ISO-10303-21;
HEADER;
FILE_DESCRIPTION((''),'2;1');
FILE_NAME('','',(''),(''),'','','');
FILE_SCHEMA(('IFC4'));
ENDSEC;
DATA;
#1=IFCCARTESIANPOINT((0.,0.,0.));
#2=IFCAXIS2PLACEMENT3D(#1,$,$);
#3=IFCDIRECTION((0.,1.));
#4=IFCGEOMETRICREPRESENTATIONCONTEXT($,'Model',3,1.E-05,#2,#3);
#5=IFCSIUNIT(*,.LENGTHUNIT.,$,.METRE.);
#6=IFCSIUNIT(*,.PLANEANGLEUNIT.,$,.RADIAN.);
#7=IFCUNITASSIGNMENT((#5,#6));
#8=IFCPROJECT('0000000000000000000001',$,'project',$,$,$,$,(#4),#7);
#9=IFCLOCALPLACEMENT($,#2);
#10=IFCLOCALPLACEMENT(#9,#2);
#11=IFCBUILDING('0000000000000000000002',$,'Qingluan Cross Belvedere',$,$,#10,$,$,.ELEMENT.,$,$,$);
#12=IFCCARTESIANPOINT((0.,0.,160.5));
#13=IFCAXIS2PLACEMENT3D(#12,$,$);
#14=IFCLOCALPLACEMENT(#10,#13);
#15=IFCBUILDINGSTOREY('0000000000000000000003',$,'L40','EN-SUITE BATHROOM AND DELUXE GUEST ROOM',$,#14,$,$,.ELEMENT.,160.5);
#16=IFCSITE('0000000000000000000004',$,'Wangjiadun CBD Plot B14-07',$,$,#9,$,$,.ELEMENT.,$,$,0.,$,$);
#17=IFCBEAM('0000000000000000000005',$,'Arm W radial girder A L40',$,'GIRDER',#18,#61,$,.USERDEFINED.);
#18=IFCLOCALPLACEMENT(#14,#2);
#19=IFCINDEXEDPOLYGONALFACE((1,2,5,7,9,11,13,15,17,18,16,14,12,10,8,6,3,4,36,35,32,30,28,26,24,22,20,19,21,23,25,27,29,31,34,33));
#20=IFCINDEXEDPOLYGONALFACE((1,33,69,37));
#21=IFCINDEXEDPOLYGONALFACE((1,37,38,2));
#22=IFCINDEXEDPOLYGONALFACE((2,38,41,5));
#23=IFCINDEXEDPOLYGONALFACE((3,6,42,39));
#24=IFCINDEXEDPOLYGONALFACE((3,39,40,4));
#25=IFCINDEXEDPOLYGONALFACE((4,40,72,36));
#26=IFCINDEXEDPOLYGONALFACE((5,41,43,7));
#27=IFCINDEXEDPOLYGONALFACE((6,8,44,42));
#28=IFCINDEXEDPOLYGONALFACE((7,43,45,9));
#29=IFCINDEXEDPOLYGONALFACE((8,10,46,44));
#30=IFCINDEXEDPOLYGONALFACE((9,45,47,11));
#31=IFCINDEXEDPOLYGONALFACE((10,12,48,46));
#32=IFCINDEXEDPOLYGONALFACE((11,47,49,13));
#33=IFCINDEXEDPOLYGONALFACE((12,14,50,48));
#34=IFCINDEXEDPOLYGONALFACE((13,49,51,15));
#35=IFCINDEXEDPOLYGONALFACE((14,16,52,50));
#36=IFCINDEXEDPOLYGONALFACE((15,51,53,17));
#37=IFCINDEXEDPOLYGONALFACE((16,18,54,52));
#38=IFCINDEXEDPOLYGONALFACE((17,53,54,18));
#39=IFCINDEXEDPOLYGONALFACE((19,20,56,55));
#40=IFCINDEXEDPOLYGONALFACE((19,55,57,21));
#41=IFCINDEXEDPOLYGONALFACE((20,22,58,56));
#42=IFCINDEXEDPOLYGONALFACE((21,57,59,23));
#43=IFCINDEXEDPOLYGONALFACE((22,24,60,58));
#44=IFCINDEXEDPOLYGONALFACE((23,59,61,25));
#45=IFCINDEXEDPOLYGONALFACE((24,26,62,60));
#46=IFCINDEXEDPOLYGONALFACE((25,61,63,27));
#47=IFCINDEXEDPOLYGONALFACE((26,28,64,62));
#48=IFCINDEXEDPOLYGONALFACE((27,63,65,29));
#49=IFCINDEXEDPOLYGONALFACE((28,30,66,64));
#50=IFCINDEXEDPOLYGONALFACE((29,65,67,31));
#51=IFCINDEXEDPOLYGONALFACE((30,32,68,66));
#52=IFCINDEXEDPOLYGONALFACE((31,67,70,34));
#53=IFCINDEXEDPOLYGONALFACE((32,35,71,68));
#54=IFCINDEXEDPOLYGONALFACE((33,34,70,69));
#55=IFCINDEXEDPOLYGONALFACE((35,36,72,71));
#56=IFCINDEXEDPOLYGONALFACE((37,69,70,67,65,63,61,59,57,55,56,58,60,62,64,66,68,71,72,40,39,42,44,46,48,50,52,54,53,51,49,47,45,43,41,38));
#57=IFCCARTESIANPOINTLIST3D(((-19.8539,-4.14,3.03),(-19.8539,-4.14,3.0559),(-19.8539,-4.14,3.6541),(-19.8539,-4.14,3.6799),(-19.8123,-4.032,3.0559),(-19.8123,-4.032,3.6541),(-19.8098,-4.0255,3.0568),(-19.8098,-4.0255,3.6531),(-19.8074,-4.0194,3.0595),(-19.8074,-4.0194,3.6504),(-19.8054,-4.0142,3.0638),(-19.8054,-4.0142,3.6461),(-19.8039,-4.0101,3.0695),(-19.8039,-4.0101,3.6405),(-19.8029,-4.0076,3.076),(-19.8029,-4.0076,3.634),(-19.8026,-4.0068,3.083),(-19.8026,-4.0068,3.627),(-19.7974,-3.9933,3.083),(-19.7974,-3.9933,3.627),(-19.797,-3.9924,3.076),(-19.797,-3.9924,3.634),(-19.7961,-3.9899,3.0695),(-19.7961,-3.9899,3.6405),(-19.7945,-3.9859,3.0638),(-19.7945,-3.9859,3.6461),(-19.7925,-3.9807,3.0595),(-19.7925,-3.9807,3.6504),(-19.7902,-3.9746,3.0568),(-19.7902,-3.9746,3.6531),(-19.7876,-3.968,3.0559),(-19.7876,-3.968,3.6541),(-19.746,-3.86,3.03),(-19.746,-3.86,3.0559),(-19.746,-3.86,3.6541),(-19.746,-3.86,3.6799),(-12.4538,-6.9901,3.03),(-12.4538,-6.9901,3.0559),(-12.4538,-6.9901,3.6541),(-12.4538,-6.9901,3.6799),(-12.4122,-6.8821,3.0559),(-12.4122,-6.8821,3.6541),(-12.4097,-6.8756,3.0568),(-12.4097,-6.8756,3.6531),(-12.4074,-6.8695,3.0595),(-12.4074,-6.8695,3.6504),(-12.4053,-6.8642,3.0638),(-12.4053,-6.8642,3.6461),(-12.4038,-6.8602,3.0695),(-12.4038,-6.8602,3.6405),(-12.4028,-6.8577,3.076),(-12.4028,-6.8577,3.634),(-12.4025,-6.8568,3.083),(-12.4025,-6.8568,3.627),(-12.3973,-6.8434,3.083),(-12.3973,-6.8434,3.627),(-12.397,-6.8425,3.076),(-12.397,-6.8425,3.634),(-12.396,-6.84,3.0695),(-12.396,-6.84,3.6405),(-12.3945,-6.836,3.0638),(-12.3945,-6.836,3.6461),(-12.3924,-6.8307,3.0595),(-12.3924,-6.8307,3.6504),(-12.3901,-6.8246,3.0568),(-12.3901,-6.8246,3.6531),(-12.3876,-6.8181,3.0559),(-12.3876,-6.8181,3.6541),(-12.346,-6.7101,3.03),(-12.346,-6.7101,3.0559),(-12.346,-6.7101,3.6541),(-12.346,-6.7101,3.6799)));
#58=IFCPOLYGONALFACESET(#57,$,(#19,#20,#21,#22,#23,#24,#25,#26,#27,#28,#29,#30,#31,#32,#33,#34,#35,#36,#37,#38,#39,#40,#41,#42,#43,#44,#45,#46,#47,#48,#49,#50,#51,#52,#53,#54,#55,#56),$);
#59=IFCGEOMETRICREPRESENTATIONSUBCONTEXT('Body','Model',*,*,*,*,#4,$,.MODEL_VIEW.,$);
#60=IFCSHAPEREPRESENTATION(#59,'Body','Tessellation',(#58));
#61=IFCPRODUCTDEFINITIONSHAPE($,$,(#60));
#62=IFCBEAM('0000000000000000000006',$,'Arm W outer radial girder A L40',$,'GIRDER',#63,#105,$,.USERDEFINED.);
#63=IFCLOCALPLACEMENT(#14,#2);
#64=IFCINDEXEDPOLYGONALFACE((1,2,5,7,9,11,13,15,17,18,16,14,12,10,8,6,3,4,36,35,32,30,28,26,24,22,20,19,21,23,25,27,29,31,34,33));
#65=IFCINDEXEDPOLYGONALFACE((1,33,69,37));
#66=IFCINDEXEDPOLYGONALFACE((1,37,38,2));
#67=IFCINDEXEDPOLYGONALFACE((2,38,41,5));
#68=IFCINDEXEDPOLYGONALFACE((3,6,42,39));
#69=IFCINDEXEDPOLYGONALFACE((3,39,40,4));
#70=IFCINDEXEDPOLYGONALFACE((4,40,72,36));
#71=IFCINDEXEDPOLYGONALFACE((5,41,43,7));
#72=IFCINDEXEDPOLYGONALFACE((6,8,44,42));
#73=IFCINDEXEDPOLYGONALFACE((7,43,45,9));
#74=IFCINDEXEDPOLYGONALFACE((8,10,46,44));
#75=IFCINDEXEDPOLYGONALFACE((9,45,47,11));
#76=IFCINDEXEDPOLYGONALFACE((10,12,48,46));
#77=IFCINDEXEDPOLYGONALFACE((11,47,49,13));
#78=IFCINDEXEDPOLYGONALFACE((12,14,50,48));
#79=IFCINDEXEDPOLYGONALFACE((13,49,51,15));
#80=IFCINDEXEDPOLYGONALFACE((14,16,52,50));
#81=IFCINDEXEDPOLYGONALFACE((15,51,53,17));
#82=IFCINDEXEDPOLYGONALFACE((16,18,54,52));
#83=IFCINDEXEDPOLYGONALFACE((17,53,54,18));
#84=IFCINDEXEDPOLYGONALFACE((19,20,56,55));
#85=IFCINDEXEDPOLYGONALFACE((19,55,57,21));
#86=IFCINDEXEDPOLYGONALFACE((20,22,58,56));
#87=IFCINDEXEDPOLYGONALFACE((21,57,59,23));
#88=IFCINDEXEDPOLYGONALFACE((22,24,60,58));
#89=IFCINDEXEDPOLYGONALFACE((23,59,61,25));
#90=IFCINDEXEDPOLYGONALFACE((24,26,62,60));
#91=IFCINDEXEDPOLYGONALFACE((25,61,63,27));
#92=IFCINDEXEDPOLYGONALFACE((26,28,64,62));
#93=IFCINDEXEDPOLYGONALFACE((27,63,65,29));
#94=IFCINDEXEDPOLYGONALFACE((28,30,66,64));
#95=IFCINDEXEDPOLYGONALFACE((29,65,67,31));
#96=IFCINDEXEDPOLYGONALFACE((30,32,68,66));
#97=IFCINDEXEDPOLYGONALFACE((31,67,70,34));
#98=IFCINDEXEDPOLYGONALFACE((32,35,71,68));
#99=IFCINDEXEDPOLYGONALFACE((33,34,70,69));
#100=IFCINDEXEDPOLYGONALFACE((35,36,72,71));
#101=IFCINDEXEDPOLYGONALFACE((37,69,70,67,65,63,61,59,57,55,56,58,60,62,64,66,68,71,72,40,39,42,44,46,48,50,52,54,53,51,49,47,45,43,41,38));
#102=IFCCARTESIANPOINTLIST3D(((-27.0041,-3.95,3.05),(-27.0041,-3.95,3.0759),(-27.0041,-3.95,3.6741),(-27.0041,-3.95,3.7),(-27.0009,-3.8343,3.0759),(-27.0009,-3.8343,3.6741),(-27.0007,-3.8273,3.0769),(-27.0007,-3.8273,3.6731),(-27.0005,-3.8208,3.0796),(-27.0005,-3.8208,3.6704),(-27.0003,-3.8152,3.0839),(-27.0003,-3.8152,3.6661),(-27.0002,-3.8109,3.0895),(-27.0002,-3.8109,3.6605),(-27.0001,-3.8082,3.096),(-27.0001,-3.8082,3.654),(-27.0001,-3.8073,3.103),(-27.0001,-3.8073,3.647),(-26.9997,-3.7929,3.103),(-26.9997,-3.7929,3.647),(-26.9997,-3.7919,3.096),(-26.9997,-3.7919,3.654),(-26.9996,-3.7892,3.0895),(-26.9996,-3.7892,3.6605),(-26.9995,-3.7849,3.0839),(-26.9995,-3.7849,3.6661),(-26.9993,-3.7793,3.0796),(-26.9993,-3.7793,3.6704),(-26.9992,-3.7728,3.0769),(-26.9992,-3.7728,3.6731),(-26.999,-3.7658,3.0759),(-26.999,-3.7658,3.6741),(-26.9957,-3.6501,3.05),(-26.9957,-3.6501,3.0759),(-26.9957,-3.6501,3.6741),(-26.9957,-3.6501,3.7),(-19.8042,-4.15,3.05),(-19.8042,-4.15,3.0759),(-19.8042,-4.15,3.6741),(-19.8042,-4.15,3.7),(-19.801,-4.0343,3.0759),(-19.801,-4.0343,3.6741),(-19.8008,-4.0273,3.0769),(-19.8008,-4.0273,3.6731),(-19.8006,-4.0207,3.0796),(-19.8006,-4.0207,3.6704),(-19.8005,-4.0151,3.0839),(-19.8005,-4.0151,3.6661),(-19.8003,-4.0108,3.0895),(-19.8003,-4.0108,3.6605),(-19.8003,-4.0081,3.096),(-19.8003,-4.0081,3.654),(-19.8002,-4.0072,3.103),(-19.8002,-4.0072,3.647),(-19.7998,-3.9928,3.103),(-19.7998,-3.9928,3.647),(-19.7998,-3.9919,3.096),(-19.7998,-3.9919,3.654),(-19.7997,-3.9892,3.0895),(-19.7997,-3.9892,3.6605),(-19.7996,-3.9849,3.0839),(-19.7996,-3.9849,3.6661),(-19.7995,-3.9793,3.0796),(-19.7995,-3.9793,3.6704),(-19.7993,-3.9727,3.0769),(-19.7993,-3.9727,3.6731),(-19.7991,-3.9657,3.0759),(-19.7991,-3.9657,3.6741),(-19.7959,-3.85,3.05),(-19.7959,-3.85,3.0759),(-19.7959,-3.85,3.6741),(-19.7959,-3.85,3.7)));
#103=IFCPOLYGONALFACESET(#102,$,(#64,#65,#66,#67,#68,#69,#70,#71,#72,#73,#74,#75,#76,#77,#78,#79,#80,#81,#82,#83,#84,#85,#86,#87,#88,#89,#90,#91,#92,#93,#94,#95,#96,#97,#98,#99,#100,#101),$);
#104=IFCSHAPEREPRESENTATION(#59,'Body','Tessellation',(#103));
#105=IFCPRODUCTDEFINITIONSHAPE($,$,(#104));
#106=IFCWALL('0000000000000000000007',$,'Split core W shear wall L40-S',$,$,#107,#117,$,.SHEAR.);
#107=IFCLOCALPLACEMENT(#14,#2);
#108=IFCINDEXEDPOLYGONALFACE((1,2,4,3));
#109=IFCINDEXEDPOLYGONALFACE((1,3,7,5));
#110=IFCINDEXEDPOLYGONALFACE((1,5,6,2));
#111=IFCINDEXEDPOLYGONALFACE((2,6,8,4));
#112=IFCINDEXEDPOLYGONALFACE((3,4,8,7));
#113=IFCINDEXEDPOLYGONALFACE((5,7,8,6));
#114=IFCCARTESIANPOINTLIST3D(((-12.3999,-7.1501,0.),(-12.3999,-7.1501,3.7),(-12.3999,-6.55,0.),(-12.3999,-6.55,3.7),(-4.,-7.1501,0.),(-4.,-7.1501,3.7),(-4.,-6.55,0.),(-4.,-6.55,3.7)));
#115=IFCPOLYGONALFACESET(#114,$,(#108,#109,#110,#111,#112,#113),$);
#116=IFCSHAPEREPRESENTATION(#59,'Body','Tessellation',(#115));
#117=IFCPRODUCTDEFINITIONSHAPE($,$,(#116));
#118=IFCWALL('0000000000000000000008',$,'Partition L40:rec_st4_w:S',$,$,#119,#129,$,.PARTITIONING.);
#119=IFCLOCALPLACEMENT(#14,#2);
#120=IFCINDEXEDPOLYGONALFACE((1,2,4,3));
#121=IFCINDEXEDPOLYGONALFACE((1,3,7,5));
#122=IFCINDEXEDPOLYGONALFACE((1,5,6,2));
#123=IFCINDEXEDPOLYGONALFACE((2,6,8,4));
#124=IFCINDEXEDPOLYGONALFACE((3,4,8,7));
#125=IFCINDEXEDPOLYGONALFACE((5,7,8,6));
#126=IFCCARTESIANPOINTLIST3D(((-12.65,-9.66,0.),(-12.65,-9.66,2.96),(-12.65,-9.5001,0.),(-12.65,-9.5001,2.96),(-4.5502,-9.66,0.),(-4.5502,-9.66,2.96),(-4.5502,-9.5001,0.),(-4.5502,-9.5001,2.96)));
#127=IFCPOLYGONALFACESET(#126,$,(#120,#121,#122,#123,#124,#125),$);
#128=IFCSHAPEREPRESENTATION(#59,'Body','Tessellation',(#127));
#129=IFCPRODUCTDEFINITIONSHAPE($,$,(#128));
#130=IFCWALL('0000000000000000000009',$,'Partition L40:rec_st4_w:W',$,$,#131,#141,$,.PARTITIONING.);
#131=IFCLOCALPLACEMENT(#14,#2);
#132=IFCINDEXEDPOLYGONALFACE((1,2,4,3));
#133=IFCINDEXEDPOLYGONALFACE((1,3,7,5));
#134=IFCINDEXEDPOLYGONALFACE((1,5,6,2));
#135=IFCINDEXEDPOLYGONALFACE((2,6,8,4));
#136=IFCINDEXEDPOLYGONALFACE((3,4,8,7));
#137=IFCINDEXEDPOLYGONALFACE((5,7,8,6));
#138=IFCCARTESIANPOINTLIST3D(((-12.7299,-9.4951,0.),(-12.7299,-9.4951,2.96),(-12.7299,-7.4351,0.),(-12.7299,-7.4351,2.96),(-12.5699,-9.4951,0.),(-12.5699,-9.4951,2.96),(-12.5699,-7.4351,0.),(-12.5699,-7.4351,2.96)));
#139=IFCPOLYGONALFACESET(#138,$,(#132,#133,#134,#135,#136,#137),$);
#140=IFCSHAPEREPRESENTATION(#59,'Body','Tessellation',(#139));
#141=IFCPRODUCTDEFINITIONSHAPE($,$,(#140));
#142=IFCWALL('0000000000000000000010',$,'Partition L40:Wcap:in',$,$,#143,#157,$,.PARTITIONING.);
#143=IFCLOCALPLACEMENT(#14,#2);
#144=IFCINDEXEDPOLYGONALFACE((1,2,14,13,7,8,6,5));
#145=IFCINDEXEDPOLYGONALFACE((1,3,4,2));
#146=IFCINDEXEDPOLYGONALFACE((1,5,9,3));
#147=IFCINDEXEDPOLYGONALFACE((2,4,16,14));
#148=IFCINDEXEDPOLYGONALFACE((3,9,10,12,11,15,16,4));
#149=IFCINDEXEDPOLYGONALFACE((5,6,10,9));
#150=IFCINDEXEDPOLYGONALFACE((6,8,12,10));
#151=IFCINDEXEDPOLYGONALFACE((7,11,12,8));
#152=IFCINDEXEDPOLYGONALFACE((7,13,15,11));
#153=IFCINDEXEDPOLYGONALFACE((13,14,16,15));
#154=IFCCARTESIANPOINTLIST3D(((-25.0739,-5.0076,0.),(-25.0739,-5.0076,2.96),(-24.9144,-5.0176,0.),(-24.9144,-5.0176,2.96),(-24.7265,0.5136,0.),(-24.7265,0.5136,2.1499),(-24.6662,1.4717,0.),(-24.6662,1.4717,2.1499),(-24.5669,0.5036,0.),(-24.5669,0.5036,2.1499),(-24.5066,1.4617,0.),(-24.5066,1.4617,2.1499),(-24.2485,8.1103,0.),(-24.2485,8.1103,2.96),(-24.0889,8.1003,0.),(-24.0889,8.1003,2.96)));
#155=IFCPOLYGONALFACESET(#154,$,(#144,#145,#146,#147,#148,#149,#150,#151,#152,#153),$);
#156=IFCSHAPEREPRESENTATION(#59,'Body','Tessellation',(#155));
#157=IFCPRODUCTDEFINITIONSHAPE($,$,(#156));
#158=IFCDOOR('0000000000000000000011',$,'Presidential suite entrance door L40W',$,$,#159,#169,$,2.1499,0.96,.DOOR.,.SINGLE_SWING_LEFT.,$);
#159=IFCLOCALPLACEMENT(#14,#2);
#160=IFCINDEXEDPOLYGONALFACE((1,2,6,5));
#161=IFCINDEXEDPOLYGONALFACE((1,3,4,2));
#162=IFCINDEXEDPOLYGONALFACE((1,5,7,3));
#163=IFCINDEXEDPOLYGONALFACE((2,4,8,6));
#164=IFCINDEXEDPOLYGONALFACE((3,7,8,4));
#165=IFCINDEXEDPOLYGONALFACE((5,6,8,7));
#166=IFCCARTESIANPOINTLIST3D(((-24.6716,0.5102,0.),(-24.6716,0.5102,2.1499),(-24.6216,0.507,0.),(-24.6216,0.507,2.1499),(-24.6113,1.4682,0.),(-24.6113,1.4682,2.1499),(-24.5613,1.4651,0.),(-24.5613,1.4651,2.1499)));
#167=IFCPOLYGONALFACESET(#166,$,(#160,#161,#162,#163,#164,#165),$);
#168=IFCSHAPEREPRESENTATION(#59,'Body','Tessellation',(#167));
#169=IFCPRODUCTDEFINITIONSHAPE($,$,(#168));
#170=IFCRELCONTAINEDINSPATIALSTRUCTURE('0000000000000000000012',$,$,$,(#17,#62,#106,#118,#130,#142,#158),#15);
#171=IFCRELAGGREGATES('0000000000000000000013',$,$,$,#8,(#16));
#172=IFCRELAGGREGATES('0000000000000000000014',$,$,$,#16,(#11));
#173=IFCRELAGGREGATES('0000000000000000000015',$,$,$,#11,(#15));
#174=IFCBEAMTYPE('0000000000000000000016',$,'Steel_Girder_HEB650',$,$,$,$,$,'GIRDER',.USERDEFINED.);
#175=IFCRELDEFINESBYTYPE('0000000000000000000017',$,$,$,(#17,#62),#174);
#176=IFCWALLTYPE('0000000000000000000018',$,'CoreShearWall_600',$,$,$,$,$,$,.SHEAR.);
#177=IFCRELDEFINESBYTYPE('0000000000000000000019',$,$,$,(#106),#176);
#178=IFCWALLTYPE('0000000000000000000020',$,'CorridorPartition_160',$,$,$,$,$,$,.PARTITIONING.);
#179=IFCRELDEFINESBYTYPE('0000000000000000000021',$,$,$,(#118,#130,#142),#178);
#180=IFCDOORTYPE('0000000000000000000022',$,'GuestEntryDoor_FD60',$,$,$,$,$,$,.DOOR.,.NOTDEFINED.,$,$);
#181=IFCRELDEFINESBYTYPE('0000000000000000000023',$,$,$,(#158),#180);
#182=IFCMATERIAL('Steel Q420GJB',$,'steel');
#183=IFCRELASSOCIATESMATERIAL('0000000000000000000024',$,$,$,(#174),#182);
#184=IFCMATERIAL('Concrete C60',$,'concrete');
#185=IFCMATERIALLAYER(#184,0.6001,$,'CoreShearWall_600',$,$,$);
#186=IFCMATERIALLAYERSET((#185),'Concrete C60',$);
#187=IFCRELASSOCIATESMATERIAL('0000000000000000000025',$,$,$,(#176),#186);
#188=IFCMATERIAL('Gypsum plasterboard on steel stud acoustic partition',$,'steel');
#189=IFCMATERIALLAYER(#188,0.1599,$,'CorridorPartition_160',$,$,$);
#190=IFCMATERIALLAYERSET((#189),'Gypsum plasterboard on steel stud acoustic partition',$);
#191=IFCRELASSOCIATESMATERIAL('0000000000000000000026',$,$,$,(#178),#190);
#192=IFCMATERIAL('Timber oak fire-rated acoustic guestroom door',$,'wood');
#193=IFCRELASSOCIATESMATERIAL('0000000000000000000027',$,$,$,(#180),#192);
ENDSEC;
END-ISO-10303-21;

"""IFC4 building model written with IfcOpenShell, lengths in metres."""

from ifc_helpers import new_model, si_unit, direction, frame, frame_2d, origin, origin_2d, place, context, subcontext, project, spatial, rectangle, i_section, extrude, material, layer, layer_set, material_profile, profile_set, type_object, element, fill, save


model = new_model("IFC4")

# Units and contexts
model_context = context("Model", 3, precision=1e-05, world=origin(), true_north=direction((0.0, 1.0)))
body_context = subcontext(model_context, "Body", "Model", "MODEL_VIEW")
ifc_project = project(units=[si_unit("LENGTHUNIT", "METRE"), si_unit("PLANEANGLEUNIT", "RADIAN")], contexts=[model_context])

# Site, building, storey
site_placement = place(None, origin())
site = spatial("IfcSite", under=ifc_project, at=site_placement, Name="Wangjiadun CBD Plot B14-07", CompositionType="ELEMENT", RefElevation=0.0)
building_placement = place(site_placement, origin())
building = spatial("IfcBuilding", under=site, at=building_placement, Name="Qingluan Cross Belvedere", CompositionType="ELEMENT")
storey_placement = place(building_placement, frame((0.0, 0.0, 160.5)))
storey = spatial("IfcBuildingStorey", under=building, at=storey_placement, Name="L40", Description="EN-SUITE BATHROOM AND DELUXE GUEST ROOM", CompositionType="ELEMENT", Elevation=160.5)

# Beams
ifc_material_1 = material(Name="Steel Q420GJB", Category="steel")
ifc_material_profile_1 = material_profile(ifc_material_1, i_section(OverallWidth=0.3, OverallDepth=0.6499, WebThickness=0.0144, FlangeThickness=0.0259, FilletRadius=0.0271, at=origin_2d()), Name="HEB650")
ifc_profile_set_1 = profile_set([ifc_material_profile_1], Name="Steel Q420GJB")
beam_type_1 = type_object("IfcBeamType", Name="Steel_Girder_HEB650", ElementType="GIRDER", PredefinedType="USERDEFINED", material=ifc_profile_set_1)
beam_1_placement = place(storey_placement, frame((-12.3999, -6.8501, 3.355), z_axis=(-0.933181, 0.359406, 0.0), x_axis=(-0.359406, -0.933181, 0.0)))
element("IfcBeam", 1, at=beam_1_placement, inside=storey, type_object=beam_type_1, Name="Arm W radial girder A L40", ObjectType="GIRDER", PredefinedType="USERDEFINED", context=body_context, shape_type="SweptSolid", body=[
    extrude(i_section(OverallWidth=0.3, OverallDepth=0.6499, WebThickness=0.0144, FlangeThickness=0.0259, FilletRadius=0.0271, at=origin_2d()), origin(), (0.0, 0.0, 1.0), 7.9299),
])
beam_2_placement = place(storey_placement, frame((-19.8, -4.0, 3.375), z_axis=(-0.999615, 0.02776, 0.0), x_axis=(-0.02776, -0.999615, 0.0)))
element("IfcBeam", 2, at=beam_2_placement, inside=storey, type_object=beam_type_1, Name="Arm W outer radial girder A L40", ObjectType="GIRDER", PredefinedType="USERDEFINED", context=body_context, shape_type="SweptSolid", body=[
    extrude(i_section(OverallWidth=0.3, OverallDepth=0.6499, WebThickness=0.0144, FlangeThickness=0.0259, FilletRadius=0.0271, at=origin_2d()), origin(), (0.0, 0.0, 1.0), 7.2026),
])

# Walls
ifc_material_2 = material(Name="Concrete C60", Category="concrete")
ifc_layer_1 = layer(ifc_material_2, 0.6001, Name="CoreShearWall_600")
ifc_layer_set_1 = layer_set([ifc_layer_1], Name="Concrete C60")
wall_type_1 = type_object("IfcWallType", Name="CoreShearWall_600", PredefinedType="SHEAR", material=ifc_layer_set_1)
wall_1_placement = place(storey_placement, frame((-12.3999, -6.8501, 0.0), z_axis=(0.0, 0.0, 1.0), x_axis=(1.0, 0.0, 0.0)))
element("IfcWall", 3, at=wall_1_placement, inside=storey, type_object=wall_type_1, Name="Split core W shear wall L40-S", PredefinedType="SHEAR", context=body_context, shape_type="SweptSolid", body=[
    extrude(rectangle(XDim=8.3999, YDim=0.6001, at=frame_2d((4.2, 0.0))), origin(), (0.0, 0.0, 1.0), 3.7),
])
ifc_material_3 = material(Name="Gypsum plasterboard on steel stud acoustic partition", Category="steel")
ifc_layer_2 = layer(ifc_material_3, 0.1599, Name="CorridorPartition_160")
ifc_layer_set_2 = layer_set([ifc_layer_2], Name="Gypsum plasterboard on steel stud acoustic partition")
wall_type_2 = type_object("IfcWallType", Name="CorridorPartition_160", PredefinedType="PARTITIONING", material=ifc_layer_set_2)
wall_2_placement = place(storey_placement, frame((-12.6499, -9.5801, 0.0), z_axis=(0.0, 0.0, 1.0), x_axis=(1.0, 0.0, 0.0)))
element("IfcWall", 4, at=wall_2_placement, inside=storey, type_object=wall_type_2, Name="Partition L40:rec_st4_w:S", PredefinedType="PARTITIONING", context=body_context, shape_type="SweptSolid", body=[
    extrude(rectangle(XDim=8.0999, YDim=0.1599, at=frame_2d((4.0498, 0.0))), origin(), (0.0, 0.0, 1.0), 2.96),
])
wall_3_placement = place(storey_placement, frame((-12.6499, -9.4951, 0.0), z_axis=(0.0, 0.0, 1.0), x_axis=(0.0, 1.0, 0.0)))
element("IfcWall", 5, at=wall_3_placement, inside=storey, type_object=wall_type_2, Name="Partition L40:rec_st4_w:W", PredefinedType="PARTITIONING", context=body_context, shape_type="SweptSolid", body=[
    extrude(rectangle(XDim=2.0601, YDim=0.1599, at=frame_2d((1.03, 0.0))), origin(), (0.0, 0.0, 1.0), 2.96),
])

# Wall, opening, door
wall_4_placement = place(storey_placement, frame((-24.9941, -5.0125, 0.0), z_axis=(0.0, 0.0, 1.0), x_axis=(0.0628, 0.998026, 0.0)))
wall_4 = element("IfcWall", 6, at=wall_4_placement, inside=storey, type_object=wall_type_2, Name="Partition L40:Wcap:in", PredefinedType="PARTITIONING", context=body_context, shape_type="SweptSolid", body=[
    extrude(rectangle(XDim=13.1438, YDim=0.1599, at=frame_2d((6.5718, 0.0))), origin(), (0.0, 0.0, 1.0), 2.96),
])
opening_1_placement = place(wall_4_placement, frame((5.532, 0.0, 0.0)))
opening_1 = element("IfcOpeningElement", 7, at=opening_1_placement, cuts=wall_4, PredefinedType="OPENING", context=body_context, shape_type="SweptSolid", body=[
    extrude(rectangle(XDim=0.96, YDim=2.1499, at=frame_2d((0.48, 1.075))), frame((0.0, 0.0898, 0.0), z_axis=(0.0, -1.0, 0.0), x_axis=(1.0, 0.0, 0.0)), (0.0, 0.0, 1.0), 0.1799),
])
ifc_material_4 = material(Name="Timber oak fire-rated acoustic guestroom door", Category="wood")
door_type_1 = type_object("IfcDoorType", Name="GuestEntryDoor_FD60", OperationType="NOTDEFINED", PredefinedType="DOOR", material=ifc_material_4)
door_1_placement = place(opening_1_placement, origin())
door_1 = element("IfcDoor", 8, at=door_1_placement, inside=storey, type_object=door_type_1, Name="Presidential suite entrance door L40W", OperationType="SINGLE_SWING_LEFT", OverallHeight=2.1499, OverallWidth=0.96, PredefinedType="DOOR", context=body_context, shape_type="SweptSolid", body=[
    extrude(rectangle(XDim=0.96, YDim=2.1499, at=frame_2d((0.48, 1.075))), frame((0.0, 0.0249, 0.0), z_axis=(0.0, -1.0, 0.0), x_axis=(1.0, 0.0, 0.0)), (0.0, 0.0, 1.0), 0.05),
])
fill(opening_1, door_1)

save(model, "model.ifc")
